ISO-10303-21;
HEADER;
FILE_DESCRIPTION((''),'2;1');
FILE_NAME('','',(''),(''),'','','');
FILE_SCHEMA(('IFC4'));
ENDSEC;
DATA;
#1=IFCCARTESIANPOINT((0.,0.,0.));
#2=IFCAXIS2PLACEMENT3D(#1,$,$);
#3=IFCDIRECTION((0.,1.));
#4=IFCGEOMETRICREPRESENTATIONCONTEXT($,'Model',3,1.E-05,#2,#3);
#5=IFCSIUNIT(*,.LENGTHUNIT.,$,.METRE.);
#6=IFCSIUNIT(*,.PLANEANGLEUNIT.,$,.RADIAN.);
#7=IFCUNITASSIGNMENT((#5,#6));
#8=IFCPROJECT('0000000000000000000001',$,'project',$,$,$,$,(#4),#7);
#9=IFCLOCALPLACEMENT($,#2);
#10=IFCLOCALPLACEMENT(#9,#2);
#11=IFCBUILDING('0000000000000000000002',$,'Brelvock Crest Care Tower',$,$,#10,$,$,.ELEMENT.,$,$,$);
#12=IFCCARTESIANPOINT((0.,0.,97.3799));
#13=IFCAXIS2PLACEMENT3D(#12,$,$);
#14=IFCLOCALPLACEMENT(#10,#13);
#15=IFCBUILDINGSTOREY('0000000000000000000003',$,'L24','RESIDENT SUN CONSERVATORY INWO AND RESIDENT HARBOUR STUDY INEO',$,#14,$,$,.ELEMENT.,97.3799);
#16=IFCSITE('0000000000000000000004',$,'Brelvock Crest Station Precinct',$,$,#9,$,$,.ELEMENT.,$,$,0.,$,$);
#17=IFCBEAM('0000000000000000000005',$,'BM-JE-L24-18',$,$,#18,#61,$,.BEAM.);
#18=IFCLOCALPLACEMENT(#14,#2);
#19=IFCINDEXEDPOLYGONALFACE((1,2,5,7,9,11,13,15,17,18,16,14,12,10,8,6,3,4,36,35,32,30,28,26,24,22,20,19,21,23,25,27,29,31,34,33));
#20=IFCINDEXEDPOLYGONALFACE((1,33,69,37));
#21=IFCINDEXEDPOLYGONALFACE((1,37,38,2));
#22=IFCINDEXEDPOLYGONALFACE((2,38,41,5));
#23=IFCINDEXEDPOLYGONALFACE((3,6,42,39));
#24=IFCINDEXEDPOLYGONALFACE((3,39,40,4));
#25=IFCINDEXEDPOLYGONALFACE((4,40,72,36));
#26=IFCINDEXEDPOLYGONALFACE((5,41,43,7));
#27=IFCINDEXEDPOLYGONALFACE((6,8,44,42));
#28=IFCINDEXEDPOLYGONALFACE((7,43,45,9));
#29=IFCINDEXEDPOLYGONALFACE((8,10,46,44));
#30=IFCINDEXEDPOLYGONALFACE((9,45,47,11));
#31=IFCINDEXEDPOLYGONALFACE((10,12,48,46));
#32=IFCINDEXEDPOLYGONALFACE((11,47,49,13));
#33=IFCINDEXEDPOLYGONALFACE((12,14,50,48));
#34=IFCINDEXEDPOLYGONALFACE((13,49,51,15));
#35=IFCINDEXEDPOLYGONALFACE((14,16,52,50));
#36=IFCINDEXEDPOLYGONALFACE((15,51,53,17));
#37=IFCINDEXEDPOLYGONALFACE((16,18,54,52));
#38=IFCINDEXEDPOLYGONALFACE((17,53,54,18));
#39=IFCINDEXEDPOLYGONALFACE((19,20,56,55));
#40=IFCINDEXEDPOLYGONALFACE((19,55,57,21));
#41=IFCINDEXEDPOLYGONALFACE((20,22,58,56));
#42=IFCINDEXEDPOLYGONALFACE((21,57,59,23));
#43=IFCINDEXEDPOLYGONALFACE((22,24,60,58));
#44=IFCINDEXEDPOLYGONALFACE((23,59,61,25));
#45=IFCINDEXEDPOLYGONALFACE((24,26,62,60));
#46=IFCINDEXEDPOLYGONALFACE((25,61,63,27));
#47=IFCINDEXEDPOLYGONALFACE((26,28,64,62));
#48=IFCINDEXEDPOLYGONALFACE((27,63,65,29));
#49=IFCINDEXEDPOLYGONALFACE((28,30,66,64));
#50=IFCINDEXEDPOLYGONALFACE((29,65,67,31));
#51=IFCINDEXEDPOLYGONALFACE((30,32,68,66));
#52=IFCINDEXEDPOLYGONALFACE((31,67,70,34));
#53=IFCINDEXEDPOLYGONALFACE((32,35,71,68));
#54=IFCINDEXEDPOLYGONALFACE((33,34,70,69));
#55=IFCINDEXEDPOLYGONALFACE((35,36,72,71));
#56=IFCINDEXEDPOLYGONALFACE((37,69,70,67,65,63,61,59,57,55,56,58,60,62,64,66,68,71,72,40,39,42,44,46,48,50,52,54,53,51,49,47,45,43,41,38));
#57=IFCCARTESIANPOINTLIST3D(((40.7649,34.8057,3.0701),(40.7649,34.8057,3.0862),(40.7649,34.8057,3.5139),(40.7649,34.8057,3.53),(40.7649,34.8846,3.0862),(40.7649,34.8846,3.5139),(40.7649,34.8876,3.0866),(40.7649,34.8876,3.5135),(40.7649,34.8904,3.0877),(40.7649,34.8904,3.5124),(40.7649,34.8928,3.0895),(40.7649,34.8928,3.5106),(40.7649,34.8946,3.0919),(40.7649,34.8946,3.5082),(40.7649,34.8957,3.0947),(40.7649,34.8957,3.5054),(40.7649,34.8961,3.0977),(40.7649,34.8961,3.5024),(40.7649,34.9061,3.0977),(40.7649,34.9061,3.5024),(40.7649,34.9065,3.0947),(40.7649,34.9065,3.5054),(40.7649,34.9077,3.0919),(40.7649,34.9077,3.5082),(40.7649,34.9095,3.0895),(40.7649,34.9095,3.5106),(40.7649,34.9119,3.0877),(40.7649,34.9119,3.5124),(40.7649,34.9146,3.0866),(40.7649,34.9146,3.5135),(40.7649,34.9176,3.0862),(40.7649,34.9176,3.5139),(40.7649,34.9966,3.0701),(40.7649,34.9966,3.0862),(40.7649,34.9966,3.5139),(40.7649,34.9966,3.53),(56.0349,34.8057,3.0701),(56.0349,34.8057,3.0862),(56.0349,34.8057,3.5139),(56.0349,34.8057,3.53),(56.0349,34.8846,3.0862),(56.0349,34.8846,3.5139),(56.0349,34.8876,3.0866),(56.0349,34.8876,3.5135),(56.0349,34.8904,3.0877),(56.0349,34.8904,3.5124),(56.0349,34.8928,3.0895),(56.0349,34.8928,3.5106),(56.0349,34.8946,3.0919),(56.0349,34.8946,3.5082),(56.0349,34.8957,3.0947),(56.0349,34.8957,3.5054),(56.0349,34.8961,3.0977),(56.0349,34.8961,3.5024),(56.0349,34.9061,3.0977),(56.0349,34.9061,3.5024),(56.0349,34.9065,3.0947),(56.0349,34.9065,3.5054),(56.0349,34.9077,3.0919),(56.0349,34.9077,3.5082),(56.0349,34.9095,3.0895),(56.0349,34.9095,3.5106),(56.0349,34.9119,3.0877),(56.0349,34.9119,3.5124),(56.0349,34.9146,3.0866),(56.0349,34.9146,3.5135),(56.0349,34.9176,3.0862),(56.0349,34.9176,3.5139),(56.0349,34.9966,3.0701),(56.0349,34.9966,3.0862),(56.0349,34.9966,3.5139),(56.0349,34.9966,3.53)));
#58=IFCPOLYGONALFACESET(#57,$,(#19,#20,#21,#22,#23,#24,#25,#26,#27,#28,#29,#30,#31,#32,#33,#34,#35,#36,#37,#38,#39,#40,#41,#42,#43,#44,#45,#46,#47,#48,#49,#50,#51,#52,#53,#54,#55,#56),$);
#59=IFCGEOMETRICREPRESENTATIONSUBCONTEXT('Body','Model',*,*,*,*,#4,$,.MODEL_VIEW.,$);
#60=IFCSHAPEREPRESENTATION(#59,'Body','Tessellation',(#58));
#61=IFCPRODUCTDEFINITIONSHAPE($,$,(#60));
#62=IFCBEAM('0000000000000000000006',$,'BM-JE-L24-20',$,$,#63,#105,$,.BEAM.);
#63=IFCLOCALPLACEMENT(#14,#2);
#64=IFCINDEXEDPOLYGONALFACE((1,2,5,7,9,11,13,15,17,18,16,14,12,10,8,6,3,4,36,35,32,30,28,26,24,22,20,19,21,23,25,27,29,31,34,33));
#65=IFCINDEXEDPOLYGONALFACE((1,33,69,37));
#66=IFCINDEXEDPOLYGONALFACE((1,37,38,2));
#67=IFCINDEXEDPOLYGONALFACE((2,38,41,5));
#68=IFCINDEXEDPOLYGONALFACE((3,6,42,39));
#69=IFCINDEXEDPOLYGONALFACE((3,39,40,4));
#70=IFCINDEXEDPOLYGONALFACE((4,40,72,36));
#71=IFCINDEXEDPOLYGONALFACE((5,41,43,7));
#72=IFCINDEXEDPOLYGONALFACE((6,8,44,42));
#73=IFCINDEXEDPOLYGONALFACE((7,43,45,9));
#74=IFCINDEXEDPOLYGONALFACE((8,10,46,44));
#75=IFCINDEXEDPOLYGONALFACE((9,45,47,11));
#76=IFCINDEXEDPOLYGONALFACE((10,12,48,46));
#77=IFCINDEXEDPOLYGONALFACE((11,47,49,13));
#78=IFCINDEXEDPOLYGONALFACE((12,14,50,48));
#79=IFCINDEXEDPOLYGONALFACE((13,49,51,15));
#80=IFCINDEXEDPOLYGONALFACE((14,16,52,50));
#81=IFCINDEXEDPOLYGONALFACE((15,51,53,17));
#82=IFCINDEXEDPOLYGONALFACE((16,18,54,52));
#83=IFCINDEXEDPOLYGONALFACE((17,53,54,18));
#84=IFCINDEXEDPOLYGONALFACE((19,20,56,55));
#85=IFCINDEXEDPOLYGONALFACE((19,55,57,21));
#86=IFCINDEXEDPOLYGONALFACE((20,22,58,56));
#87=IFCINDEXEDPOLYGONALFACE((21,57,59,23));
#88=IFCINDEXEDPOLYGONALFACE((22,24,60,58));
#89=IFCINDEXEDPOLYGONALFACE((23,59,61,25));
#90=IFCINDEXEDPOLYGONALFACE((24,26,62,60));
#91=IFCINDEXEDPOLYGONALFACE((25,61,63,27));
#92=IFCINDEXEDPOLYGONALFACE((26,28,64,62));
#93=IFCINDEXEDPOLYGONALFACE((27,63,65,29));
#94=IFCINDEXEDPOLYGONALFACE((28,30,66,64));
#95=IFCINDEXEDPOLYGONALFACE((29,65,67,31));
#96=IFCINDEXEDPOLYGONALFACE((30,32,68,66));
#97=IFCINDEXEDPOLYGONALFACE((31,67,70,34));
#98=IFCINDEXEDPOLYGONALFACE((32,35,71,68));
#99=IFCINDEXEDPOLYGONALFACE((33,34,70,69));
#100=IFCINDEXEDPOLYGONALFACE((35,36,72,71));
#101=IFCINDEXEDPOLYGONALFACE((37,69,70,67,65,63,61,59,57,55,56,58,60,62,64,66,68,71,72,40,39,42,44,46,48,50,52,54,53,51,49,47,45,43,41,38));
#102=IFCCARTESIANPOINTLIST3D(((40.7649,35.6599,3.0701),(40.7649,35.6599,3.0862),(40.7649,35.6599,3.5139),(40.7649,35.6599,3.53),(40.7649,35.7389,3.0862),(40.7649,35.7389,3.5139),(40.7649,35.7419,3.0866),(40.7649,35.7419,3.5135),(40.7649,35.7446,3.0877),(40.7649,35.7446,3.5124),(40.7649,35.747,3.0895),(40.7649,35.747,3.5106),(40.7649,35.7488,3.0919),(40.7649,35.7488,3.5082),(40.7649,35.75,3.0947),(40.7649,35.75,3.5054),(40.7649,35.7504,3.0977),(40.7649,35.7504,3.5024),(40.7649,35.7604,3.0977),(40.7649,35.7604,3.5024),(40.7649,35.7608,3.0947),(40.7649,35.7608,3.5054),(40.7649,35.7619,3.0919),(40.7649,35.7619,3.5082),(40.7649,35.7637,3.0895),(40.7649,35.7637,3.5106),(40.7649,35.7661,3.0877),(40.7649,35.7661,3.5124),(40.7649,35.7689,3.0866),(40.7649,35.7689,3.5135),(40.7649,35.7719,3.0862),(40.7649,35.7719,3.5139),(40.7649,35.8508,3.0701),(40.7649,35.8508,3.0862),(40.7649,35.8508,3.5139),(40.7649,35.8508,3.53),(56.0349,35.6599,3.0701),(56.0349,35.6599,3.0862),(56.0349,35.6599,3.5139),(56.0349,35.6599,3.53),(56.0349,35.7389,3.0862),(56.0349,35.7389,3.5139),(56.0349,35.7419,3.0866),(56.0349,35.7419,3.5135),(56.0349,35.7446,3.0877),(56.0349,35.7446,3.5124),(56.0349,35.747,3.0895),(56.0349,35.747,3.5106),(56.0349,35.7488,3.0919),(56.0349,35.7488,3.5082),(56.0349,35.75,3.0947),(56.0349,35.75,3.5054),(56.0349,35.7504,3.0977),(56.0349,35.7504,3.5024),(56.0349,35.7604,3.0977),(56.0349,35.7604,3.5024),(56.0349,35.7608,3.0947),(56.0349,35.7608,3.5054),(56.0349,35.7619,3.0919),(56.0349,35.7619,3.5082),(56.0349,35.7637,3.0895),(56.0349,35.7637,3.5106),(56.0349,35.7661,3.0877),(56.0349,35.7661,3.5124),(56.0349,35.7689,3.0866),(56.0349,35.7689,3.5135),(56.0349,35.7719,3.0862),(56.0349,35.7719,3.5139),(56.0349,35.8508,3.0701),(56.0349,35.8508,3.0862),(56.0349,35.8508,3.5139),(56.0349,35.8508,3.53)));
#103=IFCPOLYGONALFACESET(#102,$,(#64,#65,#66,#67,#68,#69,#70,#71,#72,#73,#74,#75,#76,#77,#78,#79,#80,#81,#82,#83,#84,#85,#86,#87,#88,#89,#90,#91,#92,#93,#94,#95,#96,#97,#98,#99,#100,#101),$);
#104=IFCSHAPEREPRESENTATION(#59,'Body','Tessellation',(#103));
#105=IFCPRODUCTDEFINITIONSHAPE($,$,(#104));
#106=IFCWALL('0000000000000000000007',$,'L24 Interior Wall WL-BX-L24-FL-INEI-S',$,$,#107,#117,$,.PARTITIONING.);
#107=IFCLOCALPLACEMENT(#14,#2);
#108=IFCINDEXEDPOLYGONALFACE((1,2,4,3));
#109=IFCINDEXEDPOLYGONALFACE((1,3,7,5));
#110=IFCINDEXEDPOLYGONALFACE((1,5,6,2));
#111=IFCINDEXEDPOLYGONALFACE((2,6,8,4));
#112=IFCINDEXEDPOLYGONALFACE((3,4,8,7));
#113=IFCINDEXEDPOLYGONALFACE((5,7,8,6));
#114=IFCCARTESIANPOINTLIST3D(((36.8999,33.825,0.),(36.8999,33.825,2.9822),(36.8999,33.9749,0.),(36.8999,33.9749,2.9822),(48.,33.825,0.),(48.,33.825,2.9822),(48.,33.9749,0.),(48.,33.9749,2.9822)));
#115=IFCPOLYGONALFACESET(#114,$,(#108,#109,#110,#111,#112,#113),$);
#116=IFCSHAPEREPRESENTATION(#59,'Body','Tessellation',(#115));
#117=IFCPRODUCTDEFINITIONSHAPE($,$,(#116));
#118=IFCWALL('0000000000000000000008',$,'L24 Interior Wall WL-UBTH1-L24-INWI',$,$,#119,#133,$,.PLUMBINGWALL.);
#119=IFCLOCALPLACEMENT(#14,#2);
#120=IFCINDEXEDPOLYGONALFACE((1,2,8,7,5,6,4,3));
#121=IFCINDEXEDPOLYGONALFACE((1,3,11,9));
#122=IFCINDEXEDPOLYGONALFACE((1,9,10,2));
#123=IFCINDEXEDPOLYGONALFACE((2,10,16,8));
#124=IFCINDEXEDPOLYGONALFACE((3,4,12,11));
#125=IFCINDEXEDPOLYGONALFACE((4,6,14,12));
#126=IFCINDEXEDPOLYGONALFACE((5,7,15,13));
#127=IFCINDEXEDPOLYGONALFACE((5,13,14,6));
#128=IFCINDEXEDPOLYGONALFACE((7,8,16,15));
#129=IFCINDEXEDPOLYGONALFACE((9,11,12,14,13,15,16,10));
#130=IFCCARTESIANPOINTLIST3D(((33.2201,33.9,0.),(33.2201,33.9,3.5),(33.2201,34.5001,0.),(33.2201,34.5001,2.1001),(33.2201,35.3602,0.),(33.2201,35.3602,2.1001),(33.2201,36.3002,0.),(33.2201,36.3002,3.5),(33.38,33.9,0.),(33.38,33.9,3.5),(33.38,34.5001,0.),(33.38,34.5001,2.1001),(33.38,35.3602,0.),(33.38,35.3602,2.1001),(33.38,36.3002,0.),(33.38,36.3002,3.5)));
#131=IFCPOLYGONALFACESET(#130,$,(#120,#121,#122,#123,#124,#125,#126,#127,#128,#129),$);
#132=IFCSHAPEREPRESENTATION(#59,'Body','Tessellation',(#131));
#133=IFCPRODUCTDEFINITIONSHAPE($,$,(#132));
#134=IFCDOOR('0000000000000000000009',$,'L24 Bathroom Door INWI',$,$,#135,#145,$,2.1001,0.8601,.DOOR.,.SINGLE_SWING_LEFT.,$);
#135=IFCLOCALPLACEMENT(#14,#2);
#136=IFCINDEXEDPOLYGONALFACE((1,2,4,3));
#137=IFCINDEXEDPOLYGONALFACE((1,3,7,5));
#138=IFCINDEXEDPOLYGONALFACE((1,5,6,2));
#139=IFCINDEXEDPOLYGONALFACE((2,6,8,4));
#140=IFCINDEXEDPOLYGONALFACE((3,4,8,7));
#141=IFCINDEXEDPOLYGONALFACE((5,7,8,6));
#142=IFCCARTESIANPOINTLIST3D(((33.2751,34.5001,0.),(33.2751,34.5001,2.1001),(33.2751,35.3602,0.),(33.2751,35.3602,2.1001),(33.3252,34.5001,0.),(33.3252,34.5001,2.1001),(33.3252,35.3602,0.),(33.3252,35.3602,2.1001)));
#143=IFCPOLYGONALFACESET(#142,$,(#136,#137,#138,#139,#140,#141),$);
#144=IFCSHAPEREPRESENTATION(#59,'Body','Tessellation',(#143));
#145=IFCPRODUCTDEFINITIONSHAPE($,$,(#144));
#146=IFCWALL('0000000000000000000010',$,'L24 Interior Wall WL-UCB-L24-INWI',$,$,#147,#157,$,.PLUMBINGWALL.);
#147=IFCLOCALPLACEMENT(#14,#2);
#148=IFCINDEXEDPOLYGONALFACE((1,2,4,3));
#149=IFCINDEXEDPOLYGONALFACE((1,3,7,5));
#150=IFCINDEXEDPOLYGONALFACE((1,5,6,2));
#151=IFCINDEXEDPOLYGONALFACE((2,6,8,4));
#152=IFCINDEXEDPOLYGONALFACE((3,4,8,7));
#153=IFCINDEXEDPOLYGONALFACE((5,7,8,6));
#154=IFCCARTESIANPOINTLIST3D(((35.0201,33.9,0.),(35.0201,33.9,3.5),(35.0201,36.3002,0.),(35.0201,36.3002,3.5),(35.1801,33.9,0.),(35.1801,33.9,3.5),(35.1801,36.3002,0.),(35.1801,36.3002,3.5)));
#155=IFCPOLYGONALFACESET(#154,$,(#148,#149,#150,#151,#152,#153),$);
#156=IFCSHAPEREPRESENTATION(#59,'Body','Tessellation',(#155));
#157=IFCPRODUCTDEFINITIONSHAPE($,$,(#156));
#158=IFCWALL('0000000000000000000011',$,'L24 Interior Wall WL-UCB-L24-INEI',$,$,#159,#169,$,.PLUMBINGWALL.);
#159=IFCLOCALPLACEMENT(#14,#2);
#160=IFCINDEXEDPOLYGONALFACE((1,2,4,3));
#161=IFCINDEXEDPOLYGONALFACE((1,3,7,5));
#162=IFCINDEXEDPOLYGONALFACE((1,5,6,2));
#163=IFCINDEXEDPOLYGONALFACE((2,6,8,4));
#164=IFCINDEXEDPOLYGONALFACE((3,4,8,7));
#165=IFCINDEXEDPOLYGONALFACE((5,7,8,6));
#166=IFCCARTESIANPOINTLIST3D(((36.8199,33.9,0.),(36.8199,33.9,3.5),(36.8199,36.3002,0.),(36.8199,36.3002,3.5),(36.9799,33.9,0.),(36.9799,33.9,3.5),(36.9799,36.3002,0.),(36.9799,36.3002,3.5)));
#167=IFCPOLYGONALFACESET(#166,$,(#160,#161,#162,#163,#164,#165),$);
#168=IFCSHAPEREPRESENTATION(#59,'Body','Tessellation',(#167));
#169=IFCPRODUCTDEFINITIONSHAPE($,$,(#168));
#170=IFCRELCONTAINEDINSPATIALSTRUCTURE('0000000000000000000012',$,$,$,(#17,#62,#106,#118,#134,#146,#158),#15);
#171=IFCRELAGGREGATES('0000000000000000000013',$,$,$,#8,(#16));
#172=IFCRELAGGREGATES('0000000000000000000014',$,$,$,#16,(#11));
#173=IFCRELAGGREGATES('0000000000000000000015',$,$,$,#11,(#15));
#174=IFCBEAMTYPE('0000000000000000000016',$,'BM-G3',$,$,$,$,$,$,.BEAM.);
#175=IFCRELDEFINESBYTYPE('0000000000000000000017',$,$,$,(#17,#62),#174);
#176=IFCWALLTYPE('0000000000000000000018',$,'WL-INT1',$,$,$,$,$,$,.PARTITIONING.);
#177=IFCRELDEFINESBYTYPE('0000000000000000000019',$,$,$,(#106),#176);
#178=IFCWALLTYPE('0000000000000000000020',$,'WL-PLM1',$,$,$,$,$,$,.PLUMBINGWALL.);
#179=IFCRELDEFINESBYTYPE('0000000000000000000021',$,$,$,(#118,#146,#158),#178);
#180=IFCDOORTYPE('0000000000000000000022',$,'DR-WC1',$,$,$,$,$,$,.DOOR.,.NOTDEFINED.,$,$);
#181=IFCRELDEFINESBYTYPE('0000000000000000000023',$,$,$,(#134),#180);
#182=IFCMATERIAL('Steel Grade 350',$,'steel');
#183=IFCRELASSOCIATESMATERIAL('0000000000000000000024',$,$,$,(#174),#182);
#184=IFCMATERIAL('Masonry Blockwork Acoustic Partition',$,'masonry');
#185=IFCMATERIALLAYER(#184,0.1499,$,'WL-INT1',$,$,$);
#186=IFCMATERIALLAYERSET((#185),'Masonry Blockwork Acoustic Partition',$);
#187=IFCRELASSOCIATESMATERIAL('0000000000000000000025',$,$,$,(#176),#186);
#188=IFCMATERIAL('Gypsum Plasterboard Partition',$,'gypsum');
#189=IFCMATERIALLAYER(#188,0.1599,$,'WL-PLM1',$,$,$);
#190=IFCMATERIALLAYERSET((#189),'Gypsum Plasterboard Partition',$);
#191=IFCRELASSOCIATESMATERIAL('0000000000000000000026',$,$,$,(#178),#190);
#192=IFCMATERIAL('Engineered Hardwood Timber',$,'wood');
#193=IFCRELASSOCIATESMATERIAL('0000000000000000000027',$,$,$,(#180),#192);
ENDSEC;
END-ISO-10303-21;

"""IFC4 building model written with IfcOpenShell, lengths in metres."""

from ifc_helpers import new_model, si_unit, direction, frame, frame_2d, origin, origin_2d, place, context, subcontext, project, spatial, rectangle, i_section, extrude, source, transform, mapped, material, layer, layer_set, material_profile, profile_set, type_object, element, fill, save


model = new_model("IFC4")

# Units and contexts
model_context = context("Model", 3, precision=1e-05, world=origin(), true_north=direction((0.0, 1.0)))
body_context = subcontext(model_context, "Body", "Model", "MODEL_VIEW")
ifc_project = project(units=[si_unit("LENGTHUNIT", "METRE"), si_unit("PLANEANGLEUNIT", "RADIAN")], contexts=[model_context])

# Site, building, storey
site_placement = place(None, origin())
site = spatial("IfcSite", under=ifc_project, at=site_placement, Name="Brelvock Crest Station Precinct", CompositionType="ELEMENT", RefElevation=0.0)
building_placement = place(site_placement, origin())
building = spatial("IfcBuilding", under=site, at=building_placement, Name="Brelvock Crest Care Tower", CompositionType="ELEMENT")
storey_placement = place(building_placement, frame((0.0, 0.0, 97.3799)))
storey = spatial("IfcBuildingStorey", under=building, at=storey_placement, Name="L24", Description="RESIDENT SUN CONSERVATORY INWO AND RESIDENT HARBOUR STUDY INEO", CompositionType="ELEMENT", Elevation=97.3799)

# Beams
ifc_material_1 = material(Name="Steel Grade 350", Category="steel")
ifc_material_profile_1 = material_profile(ifc_material_1, i_section(OverallWidth=0.1909, OverallDepth=0.46, WebThickness=0.01, FlangeThickness=0.0161, FilletRadius=0.0115, at=origin_2d()), Name="460UB82.1")
ifc_profile_set_1 = profile_set([ifc_material_profile_1], Name="Steel Grade 350")
beam_type_1 = type_object("IfcBeamType", Name="BM-G3", PredefinedType="BEAM", material=ifc_profile_set_1)
shared_shape_1 = source(origin(), body_context, "Body", "SweptSolid", [
    extrude(i_section(OverallWidth=0.1909, OverallDepth=0.46, WebThickness=0.01, FlangeThickness=0.0161, FilletRadius=0.0115, at=origin_2d()), origin(), (0.0, 0.0, 1.0), 15.27),
])
for number, where, z_axis, x_axis, name in (
    (1, (40.7649, 34.9011, 3.3), (1.0, 0.0, 0.0), (0.0, 1.0, 0.0), "BM-JE-L24-18"),
    (2, (40.7649, 35.7554, 3.3), (1.0, 0.0, 0.0), (0.0, 1.0, 0.0), "BM-JE-L24-20"),
):
    element("IfcBeam", number, at=place(storey_placement, frame(where, z_axis=z_axis, x_axis=x_axis)), inside=storey, type_object=beam_type_1, Name=name, PredefinedType="BEAM", context=body_context, shape_type="MappedRepresentation", body=[
        mapped(shared_shape_1, transform((0.0, 0.0, 0.0), x_axis=(1.0, 0.0, 0.0), y_axis=(0.0, 1.0, 0.0), z_axis=(0.0, 0.0, 1.0), scale=1.0)),
    ])

# Wall
ifc_material_2 = material(Name="Masonry Blockwork Acoustic Partition", Category="masonry")
ifc_layer_1 = layer(ifc_material_2, 0.1499, Name="WL-INT1")
ifc_layer_set_1 = layer_set([ifc_layer_1], Name="Masonry Blockwork Acoustic Partition")
wall_type_1 = type_object("IfcWallType", Name="WL-INT1", PredefinedType="PARTITIONING", material=ifc_layer_set_1)
wall_1_placement = place(storey_placement, frame((36.8999, 33.8999, 0.0), z_axis=(0.0, 0.0, 1.0), x_axis=(1.0, 0.0, 0.0)))
element("IfcWall", 3, at=wall_1_placement, inside=storey, type_object=wall_type_1, Name="L24 Interior Wall WL-BX-L24-FL-INEI-S", PredefinedType="PARTITIONING", context=body_context, shape_type="SweptSolid", body=[
    extrude(rectangle(XDim=11.1001, YDim=0.1499, at=frame_2d((5.55, 0.0))), origin(), (0.0, 0.0, 1.0), 2.9822),
])

# Wall, opening, door
ifc_material_3 = material(Name="Gypsum Plasterboard Partition", Category="gypsum")
ifc_layer_2 = layer(ifc_material_3, 0.1599, Name="WL-PLM1")
ifc_layer_set_2 = layer_set([ifc_layer_2], Name="Gypsum Plasterboard Partition")
wall_type_2 = type_object("IfcWallType", Name="WL-PLM1", PredefinedType="PLUMBINGWALL", material=ifc_layer_set_2)
wall_2_placement = place(storey_placement, frame((33.3, 33.8999, 0.0), z_axis=(0.0, 0.0, 1.0), x_axis=(0.0, 1.0, 0.0)))
wall_2 = element("IfcWall", 4, at=wall_2_placement, inside=storey, type_object=wall_type_2, Name="L24 Interior Wall WL-UBTH1-L24-INWI", PredefinedType="PLUMBINGWALL", context=body_context, shape_type="SweptSolid", body=[
    extrude(rectangle(XDim=2.4001, YDim=0.1599, at=frame_2d((1.2002, 0.0))), origin(), (0.0, 0.0, 1.0), 3.5),
])
opening_1_placement = place(wall_2_placement, frame((0.6001, 0.0, 0.0)))
opening_1 = element("IfcOpeningElement", 5, at=opening_1_placement, cuts=wall_2, PredefinedType="OPENING", context=body_context, shape_type="SweptSolid", body=[
    extrude(rectangle(XDim=0.8601, YDim=2.1001, at=origin_2d()), frame((0.4302, 0.0898, 1.05), z_axis=(0.0, -1.0, 0.0), x_axis=(1.0, 0.0, 0.0)), (0.0, 0.0, 1.0), 0.1799),
])
ifc_material_4 = material(Name="Engineered Hardwood Timber", Category="wood")
door_type = type_object("IfcDoorType", Name="DR-WC1", OperationType="NOTDEFINED", PredefinedType="DOOR", material=ifc_material_4)
shared_shape_2 = source(origin(), body_context, "Body", "SweptSolid", [
    extrude(rectangle(XDim=0.8601, YDim=2.1001, at=origin_2d()), frame((0.4302, 0.0249, 1.05), z_axis=(0.0, -1.0, 0.0), x_axis=(1.0, 0.0, 0.0)), (0.0, 0.0, 1.0), 0.05),
])
door_1_placement = place(opening_1_placement, origin())
door_1 = element("IfcDoor", 6, at=door_1_placement, inside=storey, type_object=door_type, Name="L24 Bathroom Door INWI", OperationType="SINGLE_SWING_LEFT", OverallHeight=2.1001, OverallWidth=0.8601, PredefinedType="DOOR", context=body_context, shape_type="MappedRepresentation", body=[
    mapped(shared_shape_2, transform((0.0, 0.0, 0.0), x_axis=(1.0, 0.0, 0.0), y_axis=(0.0, 1.0, 0.0), z_axis=(0.0, 0.0, 1.0), scale=1.0)),
])
fill(opening_1, door_1)

# Walls
for number, where, z_axis, x_axis, name in (
    (7, (35.1001, 33.8999, 0.0), (0.0, 0.0, 1.0), (0.0, 1.0, 0.0), "L24 Interior Wall WL-UCB-L24-INWI"),
    (8, (36.8999, 33.8999, 0.0), (0.0, 0.0, 1.0), (0.0, 1.0, 0.0), "L24 Interior Wall WL-UCB-L24-INEI"),
):
    element("IfcWall", number, at=place(storey_placement, frame(where, z_axis=z_axis, x_axis=x_axis)), inside=storey, type_object=wall_type_2, Name=name, PredefinedType="PLUMBINGWALL", context=body_context, shape_type="SweptSolid", body=[
        extrude(rectangle(XDim=2.4001, YDim=0.1599, at=frame_2d((1.2002, 0.0))), origin(), (0.0, 0.0, 1.0), 3.5),
    ])

save(model, "model.ifc")
